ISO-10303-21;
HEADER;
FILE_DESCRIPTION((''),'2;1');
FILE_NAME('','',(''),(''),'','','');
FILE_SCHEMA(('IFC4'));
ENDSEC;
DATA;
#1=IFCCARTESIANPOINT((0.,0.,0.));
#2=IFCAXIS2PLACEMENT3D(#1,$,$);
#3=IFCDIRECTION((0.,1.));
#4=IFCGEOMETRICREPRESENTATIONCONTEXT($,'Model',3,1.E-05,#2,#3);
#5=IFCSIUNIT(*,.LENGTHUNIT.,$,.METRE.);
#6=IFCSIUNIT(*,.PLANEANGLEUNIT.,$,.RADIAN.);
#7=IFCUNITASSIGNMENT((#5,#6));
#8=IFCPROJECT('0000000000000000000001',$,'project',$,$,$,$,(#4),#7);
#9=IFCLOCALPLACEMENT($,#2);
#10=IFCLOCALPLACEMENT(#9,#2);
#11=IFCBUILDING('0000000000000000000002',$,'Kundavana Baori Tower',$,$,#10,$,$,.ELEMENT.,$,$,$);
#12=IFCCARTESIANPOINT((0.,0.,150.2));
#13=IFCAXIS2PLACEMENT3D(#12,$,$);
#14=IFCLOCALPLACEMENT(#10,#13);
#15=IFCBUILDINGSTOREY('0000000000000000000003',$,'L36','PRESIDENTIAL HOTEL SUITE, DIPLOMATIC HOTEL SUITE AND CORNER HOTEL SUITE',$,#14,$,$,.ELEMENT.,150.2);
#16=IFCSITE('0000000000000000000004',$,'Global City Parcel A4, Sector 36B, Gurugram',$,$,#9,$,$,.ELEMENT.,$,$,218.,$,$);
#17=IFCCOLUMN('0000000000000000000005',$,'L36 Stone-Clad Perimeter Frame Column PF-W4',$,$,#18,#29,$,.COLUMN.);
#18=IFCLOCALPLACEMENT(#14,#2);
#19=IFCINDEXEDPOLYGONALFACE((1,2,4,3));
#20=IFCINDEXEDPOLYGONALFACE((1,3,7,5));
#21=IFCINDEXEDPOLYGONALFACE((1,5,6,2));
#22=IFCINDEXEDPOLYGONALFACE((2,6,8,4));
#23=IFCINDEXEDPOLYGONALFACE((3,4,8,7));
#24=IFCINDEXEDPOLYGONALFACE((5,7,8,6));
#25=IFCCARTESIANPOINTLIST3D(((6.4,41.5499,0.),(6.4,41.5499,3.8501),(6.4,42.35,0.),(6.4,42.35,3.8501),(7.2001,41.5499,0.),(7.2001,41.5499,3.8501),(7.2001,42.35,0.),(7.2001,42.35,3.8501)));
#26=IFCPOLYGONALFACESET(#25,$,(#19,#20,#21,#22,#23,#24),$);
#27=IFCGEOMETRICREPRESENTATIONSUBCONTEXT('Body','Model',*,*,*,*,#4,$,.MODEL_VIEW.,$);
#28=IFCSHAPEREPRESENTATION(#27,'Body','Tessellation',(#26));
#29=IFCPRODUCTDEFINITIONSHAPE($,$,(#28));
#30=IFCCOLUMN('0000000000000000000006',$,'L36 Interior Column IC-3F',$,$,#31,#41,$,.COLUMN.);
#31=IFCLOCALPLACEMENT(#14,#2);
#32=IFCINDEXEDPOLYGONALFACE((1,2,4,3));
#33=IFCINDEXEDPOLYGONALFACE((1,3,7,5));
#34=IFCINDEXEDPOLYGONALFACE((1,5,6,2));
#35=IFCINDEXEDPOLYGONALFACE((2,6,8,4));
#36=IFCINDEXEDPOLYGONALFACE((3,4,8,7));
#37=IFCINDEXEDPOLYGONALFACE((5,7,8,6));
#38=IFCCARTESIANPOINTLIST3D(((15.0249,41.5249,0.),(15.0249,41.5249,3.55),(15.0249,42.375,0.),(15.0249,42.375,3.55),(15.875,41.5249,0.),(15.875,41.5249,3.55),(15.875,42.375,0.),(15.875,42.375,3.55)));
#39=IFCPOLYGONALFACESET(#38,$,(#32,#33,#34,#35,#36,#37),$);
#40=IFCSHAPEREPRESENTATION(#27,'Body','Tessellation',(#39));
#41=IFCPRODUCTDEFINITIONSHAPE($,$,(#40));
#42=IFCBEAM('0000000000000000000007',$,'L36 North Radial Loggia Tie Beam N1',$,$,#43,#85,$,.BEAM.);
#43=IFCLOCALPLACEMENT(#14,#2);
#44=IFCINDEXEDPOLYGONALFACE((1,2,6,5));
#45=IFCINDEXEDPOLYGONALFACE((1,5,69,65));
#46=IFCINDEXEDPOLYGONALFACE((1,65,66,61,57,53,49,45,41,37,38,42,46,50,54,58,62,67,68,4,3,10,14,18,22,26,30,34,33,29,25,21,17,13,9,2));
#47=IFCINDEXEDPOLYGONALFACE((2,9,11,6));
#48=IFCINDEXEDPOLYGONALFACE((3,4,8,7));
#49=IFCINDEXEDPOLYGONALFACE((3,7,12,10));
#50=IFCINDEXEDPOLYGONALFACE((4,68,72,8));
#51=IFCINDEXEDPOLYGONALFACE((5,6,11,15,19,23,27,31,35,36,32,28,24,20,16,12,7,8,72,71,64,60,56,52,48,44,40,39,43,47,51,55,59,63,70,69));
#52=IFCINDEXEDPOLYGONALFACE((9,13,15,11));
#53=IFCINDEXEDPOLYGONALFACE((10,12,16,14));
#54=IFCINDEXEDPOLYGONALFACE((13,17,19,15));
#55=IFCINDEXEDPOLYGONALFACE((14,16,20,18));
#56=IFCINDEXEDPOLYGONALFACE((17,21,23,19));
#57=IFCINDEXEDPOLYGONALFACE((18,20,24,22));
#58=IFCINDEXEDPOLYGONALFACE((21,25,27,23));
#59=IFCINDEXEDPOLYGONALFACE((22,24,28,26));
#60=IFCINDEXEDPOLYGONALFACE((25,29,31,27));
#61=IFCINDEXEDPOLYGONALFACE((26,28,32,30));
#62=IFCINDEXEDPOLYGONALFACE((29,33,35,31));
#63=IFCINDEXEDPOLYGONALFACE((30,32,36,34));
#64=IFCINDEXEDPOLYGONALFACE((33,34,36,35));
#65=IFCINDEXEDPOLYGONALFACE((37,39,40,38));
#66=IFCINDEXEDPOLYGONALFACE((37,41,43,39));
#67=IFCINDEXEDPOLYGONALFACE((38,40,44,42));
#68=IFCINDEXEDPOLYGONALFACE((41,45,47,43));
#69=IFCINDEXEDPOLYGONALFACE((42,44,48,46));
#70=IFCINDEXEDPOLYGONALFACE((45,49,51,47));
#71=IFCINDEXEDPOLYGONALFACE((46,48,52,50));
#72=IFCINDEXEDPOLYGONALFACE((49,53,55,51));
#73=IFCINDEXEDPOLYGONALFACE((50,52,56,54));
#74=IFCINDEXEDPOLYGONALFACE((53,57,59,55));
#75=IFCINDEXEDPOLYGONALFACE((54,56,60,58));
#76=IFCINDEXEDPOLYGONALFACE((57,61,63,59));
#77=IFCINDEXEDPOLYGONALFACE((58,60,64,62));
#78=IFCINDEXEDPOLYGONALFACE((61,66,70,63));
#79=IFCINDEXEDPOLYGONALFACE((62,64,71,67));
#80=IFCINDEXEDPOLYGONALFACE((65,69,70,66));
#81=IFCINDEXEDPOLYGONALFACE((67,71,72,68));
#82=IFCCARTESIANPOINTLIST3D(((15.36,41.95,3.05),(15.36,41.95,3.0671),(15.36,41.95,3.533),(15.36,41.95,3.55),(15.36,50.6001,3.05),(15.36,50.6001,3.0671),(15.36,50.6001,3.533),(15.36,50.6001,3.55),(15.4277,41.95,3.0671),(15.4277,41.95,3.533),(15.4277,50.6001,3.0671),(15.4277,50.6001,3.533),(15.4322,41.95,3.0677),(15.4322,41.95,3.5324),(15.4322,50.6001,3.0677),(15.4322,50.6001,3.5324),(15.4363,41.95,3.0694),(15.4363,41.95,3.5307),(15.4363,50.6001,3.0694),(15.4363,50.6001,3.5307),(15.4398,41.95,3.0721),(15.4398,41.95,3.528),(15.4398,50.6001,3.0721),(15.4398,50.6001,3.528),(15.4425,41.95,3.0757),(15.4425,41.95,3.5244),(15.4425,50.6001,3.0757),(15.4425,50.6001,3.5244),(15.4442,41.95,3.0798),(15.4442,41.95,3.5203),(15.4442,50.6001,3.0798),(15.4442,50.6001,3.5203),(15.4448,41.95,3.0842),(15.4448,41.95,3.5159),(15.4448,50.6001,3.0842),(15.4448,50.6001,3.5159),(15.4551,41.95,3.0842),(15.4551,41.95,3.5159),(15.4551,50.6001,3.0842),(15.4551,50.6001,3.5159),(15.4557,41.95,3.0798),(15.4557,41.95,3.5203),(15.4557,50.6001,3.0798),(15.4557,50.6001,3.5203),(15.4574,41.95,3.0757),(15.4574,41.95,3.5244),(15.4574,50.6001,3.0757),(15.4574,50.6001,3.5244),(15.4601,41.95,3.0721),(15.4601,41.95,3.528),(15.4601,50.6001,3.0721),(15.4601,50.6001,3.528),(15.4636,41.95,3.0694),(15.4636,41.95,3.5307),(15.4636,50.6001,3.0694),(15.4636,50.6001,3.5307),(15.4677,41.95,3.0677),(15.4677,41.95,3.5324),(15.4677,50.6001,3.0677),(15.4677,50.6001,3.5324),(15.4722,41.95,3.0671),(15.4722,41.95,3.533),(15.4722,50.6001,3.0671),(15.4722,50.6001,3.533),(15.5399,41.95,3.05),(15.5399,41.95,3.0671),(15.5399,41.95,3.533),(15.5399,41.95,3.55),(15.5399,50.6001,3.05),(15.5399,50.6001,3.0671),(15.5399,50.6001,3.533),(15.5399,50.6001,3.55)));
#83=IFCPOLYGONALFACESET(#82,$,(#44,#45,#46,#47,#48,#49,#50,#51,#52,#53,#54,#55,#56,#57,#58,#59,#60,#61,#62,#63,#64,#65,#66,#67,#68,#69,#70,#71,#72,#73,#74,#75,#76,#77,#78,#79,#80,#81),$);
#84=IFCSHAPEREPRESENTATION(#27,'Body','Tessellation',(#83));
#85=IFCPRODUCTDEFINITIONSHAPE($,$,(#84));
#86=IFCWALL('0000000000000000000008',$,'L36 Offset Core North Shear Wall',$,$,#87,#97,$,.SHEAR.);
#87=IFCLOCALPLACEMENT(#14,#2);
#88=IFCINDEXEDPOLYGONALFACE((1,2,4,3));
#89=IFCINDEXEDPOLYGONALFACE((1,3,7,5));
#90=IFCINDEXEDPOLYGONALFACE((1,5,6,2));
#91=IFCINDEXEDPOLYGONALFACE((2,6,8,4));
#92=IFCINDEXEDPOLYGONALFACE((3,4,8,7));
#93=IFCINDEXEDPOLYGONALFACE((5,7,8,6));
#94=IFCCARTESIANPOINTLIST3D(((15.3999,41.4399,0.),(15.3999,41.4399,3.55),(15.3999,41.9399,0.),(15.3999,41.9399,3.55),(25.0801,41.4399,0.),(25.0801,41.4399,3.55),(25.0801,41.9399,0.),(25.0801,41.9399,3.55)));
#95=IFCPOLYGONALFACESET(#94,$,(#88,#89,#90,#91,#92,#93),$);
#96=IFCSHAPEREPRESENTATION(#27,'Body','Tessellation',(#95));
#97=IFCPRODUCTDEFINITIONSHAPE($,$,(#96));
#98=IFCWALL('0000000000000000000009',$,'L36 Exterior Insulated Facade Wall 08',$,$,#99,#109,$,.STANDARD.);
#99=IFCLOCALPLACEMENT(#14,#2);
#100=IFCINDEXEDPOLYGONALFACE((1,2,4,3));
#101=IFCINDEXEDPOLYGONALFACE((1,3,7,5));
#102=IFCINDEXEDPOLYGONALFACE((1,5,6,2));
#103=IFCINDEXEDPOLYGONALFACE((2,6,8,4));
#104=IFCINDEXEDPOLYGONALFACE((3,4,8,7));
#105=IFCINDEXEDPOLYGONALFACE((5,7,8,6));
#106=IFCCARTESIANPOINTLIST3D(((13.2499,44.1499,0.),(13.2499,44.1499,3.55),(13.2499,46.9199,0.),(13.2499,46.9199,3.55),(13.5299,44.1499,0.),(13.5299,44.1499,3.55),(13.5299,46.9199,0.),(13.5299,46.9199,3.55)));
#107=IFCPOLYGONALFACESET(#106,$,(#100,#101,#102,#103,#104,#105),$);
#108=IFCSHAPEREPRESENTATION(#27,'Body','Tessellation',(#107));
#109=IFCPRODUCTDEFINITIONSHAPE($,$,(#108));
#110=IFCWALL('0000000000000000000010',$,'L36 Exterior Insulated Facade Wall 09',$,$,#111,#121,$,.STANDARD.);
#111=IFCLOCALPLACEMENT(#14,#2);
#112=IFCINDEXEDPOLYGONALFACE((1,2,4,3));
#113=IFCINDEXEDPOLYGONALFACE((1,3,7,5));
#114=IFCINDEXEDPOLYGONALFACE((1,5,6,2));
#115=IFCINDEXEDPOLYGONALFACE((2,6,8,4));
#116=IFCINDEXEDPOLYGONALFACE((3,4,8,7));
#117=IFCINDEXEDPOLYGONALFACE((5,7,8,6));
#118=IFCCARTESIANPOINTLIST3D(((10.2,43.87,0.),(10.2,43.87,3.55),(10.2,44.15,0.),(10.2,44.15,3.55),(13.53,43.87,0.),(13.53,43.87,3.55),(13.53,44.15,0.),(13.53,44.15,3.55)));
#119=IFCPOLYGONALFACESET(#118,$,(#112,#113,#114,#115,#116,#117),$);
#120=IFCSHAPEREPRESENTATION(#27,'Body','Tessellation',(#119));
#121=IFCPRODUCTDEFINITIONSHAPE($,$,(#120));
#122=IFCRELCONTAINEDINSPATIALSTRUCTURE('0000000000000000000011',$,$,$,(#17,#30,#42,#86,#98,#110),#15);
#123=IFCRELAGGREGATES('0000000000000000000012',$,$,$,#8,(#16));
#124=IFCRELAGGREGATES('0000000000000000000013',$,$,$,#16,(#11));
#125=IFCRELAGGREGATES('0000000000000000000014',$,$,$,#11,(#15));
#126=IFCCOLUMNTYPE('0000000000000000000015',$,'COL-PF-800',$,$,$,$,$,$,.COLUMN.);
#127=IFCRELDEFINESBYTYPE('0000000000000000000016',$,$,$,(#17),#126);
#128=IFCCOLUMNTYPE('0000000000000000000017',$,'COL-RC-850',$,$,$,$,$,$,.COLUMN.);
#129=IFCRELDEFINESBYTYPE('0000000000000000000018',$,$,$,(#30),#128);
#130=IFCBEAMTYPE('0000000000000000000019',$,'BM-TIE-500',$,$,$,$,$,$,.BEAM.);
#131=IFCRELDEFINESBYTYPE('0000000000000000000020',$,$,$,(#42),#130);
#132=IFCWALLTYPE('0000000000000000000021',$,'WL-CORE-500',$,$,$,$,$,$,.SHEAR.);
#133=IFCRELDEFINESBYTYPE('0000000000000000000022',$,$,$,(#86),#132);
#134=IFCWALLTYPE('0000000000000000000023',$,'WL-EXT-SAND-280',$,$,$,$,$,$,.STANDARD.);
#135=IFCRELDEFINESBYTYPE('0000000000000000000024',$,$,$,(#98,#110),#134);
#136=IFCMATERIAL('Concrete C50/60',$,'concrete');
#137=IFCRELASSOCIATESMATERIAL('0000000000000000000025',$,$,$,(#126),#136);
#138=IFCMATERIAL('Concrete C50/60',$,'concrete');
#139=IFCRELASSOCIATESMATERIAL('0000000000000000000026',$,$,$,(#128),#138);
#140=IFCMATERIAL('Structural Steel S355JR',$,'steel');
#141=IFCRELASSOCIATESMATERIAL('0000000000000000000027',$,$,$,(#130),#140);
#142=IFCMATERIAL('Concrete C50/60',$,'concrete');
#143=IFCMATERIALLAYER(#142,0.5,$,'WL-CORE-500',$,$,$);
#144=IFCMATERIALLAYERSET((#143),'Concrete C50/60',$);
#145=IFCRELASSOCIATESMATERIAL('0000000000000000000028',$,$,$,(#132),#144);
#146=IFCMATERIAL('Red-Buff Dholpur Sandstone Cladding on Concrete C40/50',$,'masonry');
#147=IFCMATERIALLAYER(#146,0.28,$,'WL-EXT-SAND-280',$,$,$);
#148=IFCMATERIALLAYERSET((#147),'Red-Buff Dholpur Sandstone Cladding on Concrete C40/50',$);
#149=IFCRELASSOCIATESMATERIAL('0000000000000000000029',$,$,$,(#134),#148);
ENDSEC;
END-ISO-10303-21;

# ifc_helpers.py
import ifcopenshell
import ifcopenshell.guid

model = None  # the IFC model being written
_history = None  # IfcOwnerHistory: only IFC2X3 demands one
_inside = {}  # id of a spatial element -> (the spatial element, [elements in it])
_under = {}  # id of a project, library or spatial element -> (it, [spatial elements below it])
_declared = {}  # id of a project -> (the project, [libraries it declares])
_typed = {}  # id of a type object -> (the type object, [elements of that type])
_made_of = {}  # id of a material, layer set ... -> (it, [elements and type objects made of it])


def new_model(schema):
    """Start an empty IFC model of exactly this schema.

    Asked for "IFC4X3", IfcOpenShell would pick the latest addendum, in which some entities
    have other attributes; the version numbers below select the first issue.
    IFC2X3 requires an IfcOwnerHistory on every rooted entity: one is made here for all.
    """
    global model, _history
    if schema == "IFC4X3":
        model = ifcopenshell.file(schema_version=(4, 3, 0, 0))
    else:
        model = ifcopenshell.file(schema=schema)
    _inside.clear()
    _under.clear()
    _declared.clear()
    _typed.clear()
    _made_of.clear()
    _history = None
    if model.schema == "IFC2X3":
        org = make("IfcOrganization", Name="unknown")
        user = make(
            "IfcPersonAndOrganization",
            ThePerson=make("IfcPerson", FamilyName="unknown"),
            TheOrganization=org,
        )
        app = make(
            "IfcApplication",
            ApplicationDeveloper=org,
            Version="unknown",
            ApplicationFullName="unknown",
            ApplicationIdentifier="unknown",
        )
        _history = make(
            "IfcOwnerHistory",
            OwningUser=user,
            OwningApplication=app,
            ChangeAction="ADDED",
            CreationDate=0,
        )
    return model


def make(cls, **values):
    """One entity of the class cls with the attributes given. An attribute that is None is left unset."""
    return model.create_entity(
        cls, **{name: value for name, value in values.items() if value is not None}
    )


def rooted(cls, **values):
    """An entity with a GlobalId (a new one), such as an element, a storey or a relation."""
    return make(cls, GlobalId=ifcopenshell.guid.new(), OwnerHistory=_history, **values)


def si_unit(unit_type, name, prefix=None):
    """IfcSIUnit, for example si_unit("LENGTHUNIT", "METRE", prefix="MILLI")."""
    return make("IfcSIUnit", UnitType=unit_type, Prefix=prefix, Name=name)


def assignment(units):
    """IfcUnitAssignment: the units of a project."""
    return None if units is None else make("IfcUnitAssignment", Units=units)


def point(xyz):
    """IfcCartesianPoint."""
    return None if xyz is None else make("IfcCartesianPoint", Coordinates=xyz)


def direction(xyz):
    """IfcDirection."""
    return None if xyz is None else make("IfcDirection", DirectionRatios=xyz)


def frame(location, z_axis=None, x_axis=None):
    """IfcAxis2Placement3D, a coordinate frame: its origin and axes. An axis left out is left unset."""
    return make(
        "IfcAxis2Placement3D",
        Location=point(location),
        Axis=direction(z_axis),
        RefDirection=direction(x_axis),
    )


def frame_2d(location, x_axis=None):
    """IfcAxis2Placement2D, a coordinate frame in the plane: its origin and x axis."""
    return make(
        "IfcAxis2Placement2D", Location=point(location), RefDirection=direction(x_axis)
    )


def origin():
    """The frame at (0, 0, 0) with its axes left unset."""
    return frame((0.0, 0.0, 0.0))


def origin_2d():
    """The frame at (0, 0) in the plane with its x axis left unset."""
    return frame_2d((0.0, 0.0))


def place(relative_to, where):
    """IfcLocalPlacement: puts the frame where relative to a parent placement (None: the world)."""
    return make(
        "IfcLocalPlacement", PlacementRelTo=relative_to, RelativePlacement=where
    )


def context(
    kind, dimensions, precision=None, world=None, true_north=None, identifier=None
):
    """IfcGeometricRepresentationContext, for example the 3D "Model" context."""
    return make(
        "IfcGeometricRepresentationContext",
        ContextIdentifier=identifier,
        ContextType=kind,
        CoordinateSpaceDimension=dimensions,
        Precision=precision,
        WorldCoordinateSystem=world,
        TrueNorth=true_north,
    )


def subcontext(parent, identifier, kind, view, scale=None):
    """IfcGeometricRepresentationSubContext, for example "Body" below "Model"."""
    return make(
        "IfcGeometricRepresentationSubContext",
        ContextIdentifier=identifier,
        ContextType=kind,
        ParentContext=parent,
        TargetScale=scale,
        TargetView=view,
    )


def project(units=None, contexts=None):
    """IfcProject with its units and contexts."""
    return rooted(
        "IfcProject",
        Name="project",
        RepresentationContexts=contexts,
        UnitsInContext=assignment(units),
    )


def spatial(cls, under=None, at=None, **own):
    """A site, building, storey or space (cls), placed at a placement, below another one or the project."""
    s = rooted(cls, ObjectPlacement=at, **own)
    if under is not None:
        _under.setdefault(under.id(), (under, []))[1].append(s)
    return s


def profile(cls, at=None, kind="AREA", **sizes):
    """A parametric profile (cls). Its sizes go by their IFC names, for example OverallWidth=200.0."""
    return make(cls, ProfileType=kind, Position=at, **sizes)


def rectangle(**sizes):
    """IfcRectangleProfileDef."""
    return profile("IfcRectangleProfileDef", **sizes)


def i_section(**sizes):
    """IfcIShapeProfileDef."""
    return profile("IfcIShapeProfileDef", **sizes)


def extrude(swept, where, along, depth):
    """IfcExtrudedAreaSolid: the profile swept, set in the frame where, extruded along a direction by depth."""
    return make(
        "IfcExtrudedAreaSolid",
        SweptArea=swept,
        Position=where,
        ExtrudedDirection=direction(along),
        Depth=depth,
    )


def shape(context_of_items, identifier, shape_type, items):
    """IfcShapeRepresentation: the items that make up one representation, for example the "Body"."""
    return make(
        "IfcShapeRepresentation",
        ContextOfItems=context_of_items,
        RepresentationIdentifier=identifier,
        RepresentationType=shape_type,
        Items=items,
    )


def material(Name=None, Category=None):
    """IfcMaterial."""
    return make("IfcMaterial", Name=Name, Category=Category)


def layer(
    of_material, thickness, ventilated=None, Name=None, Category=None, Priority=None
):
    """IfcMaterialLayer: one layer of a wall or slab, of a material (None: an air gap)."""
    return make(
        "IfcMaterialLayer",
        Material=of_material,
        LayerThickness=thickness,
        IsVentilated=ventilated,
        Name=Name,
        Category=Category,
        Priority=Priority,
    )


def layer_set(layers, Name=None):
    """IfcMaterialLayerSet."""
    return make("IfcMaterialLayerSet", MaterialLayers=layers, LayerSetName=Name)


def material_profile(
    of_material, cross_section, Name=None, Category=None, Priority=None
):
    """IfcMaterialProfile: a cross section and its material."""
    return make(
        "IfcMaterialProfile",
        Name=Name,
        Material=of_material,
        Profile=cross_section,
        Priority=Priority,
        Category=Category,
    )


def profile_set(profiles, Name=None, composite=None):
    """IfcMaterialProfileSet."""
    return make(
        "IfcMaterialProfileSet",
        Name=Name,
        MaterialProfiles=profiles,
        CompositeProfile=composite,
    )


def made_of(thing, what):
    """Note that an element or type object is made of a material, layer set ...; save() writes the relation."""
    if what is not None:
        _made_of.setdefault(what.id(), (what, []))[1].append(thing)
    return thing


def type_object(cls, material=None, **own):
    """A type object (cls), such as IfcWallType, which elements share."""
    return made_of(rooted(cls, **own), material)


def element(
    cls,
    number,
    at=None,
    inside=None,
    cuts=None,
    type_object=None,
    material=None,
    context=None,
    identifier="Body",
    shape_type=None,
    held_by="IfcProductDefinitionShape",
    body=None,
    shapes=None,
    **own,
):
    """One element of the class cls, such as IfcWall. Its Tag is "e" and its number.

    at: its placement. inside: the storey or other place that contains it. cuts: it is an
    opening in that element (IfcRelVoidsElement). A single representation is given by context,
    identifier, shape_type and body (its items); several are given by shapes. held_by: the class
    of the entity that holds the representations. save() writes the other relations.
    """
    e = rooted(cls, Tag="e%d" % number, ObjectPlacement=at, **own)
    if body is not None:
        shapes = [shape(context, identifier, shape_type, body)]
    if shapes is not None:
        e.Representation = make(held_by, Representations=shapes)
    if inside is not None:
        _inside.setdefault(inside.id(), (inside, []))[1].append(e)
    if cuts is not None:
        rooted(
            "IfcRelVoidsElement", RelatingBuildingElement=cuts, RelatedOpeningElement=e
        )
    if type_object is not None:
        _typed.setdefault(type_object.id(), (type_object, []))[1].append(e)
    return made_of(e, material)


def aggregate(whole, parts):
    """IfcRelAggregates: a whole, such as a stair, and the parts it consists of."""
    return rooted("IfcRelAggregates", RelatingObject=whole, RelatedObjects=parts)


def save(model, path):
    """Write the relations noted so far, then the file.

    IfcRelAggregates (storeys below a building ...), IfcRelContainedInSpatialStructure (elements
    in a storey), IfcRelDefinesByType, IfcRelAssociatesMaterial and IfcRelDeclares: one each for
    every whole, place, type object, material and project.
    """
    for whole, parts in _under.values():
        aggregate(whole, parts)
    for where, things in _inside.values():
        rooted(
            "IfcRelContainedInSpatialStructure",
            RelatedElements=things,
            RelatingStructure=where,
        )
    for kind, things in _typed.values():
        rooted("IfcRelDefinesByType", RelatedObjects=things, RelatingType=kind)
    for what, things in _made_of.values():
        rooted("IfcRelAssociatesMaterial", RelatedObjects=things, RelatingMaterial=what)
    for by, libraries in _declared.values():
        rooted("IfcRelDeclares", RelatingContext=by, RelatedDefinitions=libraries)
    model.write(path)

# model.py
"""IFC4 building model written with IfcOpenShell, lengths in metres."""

from ifc_helpers import new_model, si_unit, direction, frame, frame_2d, origin, origin_2d, place, context, subcontext, project, spatial, rectangle, i_section, extrude, material, layer, layer_set, material_profile, profile_set, type_object, element, save


model = new_model("IFC4")

# Units and contexts
model_context = context("Model", 3, precision=1e-05, world=origin(), true_north=direction((0.0, 1.0)))
body_context = subcontext(model_context, "Body", "Model", "MODEL_VIEW")
ifc_project = project(units=[si_unit("LENGTHUNIT", "METRE"), si_unit("PLANEANGLEUNIT", "RADIAN")], contexts=[model_context])

# Site, building, storey
site_placement = place(None, origin())
site = spatial("IfcSite", under=ifc_project, at=site_placement, Name="Global City Parcel A4, Sector 36B, Gurugram", CompositionType="ELEMENT", RefElevation=218.0)
building_placement = place(site_placement, origin())
building = spatial("IfcBuilding", under=site, at=building_placement, Name="Kundavana Baori Tower", CompositionType="ELEMENT")
storey_placement = place(building_placement, frame((0.0, 0.0, 150.2)))
storey = spatial("IfcBuildingStorey", under=building, at=storey_placement, Name="L36", Description="PRESIDENTIAL HOTEL SUITE, DIPLOMATIC HOTEL SUITE AND CORNER HOTEL SUITE", CompositionType="ELEMENT", Elevation=150.2)

# Columns
ifc_material_1 = material(Name="Concrete C50/60", Category="concrete")
ifc_material_profile_1 = material_profile(ifc_material_1, rectangle(XDim=0.8, YDim=0.8, at=origin_2d()), Name="RC PF 800x800")
ifc_profile_set_1 = profile_set([ifc_material_profile_1], Name="Concrete C50/60")
column_type_1 = type_object("IfcColumnType", Name="COL-PF-800", PredefinedType="COLUMN", material=ifc_profile_set_1)
column_1_placement = place(storey_placement, frame((6.8, 41.95, 0.0), z_axis=(0.0, 0.0, 1.0), x_axis=(1.0, 0.0, 0.0)))
element("IfcColumn", 1, at=column_1_placement, inside=storey, type_object=column_type_1, Name="L36 Stone-Clad Perimeter Frame Column PF-W4", PredefinedType="COLUMN", context=body_context, shape_type="SweptSolid", body=[
    extrude(rectangle(XDim=0.8, YDim=0.8, at=origin_2d()), origin(), (0.0, 0.0, 1.0), 3.8501),
])
ifc_material_2 = material(Name="Concrete C50/60", Category="concrete")
ifc_material_profile_2 = material_profile(ifc_material_2, rectangle(XDim=0.8501, YDim=0.8501, at=origin_2d()), Name="RC 850x850")
ifc_profile_set_2 = profile_set([ifc_material_profile_2], Name="Concrete C50/60")
column_type_2 = type_object("IfcColumnType", Name="COL-RC-850", PredefinedType="COLUMN", material=ifc_profile_set_2)
column_2_placement = place(storey_placement, frame((15.45, 41.95, 0.0), z_axis=(0.0, 0.0, 1.0), x_axis=(1.0, 0.0, 0.0)))
element("IfcColumn", 2, at=column_2_placement, inside=storey, type_object=column_type_2, Name="L36 Interior Column IC-3F", PredefinedType="COLUMN", context=body_context, shape_type="SweptSolid", body=[
    extrude(rectangle(XDim=0.8501, YDim=0.8501, at=origin_2d()), origin(), (0.0, 0.0, 1.0), 3.55),
])

# Beam
ifc_material_3 = material(Name="Structural Steel S355JR", Category="steel")
ifc_material_profile_3 = material_profile(ifc_material_3, i_section(OverallWidth=0.1799, OverallDepth=0.5, WebThickness=0.0103, FlangeThickness=0.0171, FilletRadius=0.0171, at=origin_2d()), Name="ISMB 500")
ifc_profile_set_3 = profile_set([ifc_material_profile_3], Name="Structural Steel S355JR")
beam_type = type_object("IfcBeamType", Name="BM-TIE-500", PredefinedType="BEAM", material=ifc_profile_set_3)
beam_placement = place(storey_placement, frame((15.45, 41.95, 3.3), z_axis=(0.0, 1.0, 0.0), x_axis=(-1.0, 0.0, 0.0)))
element("IfcBeam", 3, at=beam_placement, inside=storey, type_object=beam_type, Name="L36 North Radial Loggia Tie Beam N1", PredefinedType="BEAM", context=body_context, shape_type="SweptSolid", body=[
    extrude(i_section(OverallWidth=0.1799, OverallDepth=0.5, WebThickness=0.0103, FlangeThickness=0.0171, FilletRadius=0.0171, at=origin_2d()), origin(), (0.0, 0.0, 1.0), 8.6501),
])

# Walls
ifc_material_4 = material(Name="Concrete C50/60", Category="concrete")
ifc_layer_1 = layer(ifc_material_4, 0.5, Name="WL-CORE-500")
ifc_layer_set_1 = layer_set([ifc_layer_1], Name="Concrete C50/60")
wall_type_1 = type_object("IfcWallType", Name="WL-CORE-500", PredefinedType="SHEAR", material=ifc_layer_set_1)
wall_1_placement = place(storey_placement, frame((15.3999, 41.6899, 0.0), z_axis=(0.0, 0.0, 1.0), x_axis=(1.0, 0.0, 0.0)))
element("IfcWall", 4, at=wall_1_placement, inside=storey, type_object=wall_type_1, Name="L36 Offset Core North Shear Wall", PredefinedType="SHEAR", context=body_context, shape_type="SweptSolid", body=[
    extrude(rectangle(XDim=9.6802, YDim=0.5, at=frame_2d((4.8401, 0.0))), origin(), (0.0, 0.0, 1.0), 3.55),
])
ifc_material_5 = material(Name="Red-Buff Dholpur Sandstone Cladding on Concrete C40/50", Category="masonry")
ifc_layer_2 = layer(ifc_material_5, 0.28, Name="WL-EXT-SAND-280")
ifc_layer_set_2 = layer_set([ifc_layer_2], Name="Red-Buff Dholpur Sandstone Cladding on Concrete C40/50")
wall_type_2 = type_object("IfcWallType", Name="WL-EXT-SAND-280", PredefinedType="STANDARD", material=ifc_layer_set_2)
wall_2_placement = place(storey_placement, frame((13.3899, 46.9199, 0.0), z_axis=(0.0, 0.0, 1.0), x_axis=(0.0, -1.0, 0.0)))
element("IfcWall", 5, at=wall_2_placement, inside=storey, type_object=wall_type_2, Name="L36 Exterior Insulated Facade Wall 08", PredefinedType="STANDARD", context=body_context, shape_type="SweptSolid", body=[
    extrude(rectangle(XDim=2.77, YDim=0.28, at=frame_2d((1.385, 0.0))), origin(), (0.0, 0.0, 1.0), 3.55),
])
wall_3_placement = place(storey_placement, frame((13.53, 44.01, 0.0), z_axis=(0.0, 0.0, 1.0), x_axis=(-1.0, 0.0, 0.0)))
element("IfcWall", 6, at=wall_3_placement, inside=storey, type_object=wall_type_2, Name="L36 Exterior Insulated Facade Wall 09", PredefinedType="STANDARD", context=body_context, shape_type="SweptSolid", body=[
    extrude(rectangle(XDim=3.3301, YDim=0.28, at=frame_2d((1.665, 0.0))), origin(), (0.0, 0.0, 1.0), 3.55),
])

save(model, "model.ifc")
